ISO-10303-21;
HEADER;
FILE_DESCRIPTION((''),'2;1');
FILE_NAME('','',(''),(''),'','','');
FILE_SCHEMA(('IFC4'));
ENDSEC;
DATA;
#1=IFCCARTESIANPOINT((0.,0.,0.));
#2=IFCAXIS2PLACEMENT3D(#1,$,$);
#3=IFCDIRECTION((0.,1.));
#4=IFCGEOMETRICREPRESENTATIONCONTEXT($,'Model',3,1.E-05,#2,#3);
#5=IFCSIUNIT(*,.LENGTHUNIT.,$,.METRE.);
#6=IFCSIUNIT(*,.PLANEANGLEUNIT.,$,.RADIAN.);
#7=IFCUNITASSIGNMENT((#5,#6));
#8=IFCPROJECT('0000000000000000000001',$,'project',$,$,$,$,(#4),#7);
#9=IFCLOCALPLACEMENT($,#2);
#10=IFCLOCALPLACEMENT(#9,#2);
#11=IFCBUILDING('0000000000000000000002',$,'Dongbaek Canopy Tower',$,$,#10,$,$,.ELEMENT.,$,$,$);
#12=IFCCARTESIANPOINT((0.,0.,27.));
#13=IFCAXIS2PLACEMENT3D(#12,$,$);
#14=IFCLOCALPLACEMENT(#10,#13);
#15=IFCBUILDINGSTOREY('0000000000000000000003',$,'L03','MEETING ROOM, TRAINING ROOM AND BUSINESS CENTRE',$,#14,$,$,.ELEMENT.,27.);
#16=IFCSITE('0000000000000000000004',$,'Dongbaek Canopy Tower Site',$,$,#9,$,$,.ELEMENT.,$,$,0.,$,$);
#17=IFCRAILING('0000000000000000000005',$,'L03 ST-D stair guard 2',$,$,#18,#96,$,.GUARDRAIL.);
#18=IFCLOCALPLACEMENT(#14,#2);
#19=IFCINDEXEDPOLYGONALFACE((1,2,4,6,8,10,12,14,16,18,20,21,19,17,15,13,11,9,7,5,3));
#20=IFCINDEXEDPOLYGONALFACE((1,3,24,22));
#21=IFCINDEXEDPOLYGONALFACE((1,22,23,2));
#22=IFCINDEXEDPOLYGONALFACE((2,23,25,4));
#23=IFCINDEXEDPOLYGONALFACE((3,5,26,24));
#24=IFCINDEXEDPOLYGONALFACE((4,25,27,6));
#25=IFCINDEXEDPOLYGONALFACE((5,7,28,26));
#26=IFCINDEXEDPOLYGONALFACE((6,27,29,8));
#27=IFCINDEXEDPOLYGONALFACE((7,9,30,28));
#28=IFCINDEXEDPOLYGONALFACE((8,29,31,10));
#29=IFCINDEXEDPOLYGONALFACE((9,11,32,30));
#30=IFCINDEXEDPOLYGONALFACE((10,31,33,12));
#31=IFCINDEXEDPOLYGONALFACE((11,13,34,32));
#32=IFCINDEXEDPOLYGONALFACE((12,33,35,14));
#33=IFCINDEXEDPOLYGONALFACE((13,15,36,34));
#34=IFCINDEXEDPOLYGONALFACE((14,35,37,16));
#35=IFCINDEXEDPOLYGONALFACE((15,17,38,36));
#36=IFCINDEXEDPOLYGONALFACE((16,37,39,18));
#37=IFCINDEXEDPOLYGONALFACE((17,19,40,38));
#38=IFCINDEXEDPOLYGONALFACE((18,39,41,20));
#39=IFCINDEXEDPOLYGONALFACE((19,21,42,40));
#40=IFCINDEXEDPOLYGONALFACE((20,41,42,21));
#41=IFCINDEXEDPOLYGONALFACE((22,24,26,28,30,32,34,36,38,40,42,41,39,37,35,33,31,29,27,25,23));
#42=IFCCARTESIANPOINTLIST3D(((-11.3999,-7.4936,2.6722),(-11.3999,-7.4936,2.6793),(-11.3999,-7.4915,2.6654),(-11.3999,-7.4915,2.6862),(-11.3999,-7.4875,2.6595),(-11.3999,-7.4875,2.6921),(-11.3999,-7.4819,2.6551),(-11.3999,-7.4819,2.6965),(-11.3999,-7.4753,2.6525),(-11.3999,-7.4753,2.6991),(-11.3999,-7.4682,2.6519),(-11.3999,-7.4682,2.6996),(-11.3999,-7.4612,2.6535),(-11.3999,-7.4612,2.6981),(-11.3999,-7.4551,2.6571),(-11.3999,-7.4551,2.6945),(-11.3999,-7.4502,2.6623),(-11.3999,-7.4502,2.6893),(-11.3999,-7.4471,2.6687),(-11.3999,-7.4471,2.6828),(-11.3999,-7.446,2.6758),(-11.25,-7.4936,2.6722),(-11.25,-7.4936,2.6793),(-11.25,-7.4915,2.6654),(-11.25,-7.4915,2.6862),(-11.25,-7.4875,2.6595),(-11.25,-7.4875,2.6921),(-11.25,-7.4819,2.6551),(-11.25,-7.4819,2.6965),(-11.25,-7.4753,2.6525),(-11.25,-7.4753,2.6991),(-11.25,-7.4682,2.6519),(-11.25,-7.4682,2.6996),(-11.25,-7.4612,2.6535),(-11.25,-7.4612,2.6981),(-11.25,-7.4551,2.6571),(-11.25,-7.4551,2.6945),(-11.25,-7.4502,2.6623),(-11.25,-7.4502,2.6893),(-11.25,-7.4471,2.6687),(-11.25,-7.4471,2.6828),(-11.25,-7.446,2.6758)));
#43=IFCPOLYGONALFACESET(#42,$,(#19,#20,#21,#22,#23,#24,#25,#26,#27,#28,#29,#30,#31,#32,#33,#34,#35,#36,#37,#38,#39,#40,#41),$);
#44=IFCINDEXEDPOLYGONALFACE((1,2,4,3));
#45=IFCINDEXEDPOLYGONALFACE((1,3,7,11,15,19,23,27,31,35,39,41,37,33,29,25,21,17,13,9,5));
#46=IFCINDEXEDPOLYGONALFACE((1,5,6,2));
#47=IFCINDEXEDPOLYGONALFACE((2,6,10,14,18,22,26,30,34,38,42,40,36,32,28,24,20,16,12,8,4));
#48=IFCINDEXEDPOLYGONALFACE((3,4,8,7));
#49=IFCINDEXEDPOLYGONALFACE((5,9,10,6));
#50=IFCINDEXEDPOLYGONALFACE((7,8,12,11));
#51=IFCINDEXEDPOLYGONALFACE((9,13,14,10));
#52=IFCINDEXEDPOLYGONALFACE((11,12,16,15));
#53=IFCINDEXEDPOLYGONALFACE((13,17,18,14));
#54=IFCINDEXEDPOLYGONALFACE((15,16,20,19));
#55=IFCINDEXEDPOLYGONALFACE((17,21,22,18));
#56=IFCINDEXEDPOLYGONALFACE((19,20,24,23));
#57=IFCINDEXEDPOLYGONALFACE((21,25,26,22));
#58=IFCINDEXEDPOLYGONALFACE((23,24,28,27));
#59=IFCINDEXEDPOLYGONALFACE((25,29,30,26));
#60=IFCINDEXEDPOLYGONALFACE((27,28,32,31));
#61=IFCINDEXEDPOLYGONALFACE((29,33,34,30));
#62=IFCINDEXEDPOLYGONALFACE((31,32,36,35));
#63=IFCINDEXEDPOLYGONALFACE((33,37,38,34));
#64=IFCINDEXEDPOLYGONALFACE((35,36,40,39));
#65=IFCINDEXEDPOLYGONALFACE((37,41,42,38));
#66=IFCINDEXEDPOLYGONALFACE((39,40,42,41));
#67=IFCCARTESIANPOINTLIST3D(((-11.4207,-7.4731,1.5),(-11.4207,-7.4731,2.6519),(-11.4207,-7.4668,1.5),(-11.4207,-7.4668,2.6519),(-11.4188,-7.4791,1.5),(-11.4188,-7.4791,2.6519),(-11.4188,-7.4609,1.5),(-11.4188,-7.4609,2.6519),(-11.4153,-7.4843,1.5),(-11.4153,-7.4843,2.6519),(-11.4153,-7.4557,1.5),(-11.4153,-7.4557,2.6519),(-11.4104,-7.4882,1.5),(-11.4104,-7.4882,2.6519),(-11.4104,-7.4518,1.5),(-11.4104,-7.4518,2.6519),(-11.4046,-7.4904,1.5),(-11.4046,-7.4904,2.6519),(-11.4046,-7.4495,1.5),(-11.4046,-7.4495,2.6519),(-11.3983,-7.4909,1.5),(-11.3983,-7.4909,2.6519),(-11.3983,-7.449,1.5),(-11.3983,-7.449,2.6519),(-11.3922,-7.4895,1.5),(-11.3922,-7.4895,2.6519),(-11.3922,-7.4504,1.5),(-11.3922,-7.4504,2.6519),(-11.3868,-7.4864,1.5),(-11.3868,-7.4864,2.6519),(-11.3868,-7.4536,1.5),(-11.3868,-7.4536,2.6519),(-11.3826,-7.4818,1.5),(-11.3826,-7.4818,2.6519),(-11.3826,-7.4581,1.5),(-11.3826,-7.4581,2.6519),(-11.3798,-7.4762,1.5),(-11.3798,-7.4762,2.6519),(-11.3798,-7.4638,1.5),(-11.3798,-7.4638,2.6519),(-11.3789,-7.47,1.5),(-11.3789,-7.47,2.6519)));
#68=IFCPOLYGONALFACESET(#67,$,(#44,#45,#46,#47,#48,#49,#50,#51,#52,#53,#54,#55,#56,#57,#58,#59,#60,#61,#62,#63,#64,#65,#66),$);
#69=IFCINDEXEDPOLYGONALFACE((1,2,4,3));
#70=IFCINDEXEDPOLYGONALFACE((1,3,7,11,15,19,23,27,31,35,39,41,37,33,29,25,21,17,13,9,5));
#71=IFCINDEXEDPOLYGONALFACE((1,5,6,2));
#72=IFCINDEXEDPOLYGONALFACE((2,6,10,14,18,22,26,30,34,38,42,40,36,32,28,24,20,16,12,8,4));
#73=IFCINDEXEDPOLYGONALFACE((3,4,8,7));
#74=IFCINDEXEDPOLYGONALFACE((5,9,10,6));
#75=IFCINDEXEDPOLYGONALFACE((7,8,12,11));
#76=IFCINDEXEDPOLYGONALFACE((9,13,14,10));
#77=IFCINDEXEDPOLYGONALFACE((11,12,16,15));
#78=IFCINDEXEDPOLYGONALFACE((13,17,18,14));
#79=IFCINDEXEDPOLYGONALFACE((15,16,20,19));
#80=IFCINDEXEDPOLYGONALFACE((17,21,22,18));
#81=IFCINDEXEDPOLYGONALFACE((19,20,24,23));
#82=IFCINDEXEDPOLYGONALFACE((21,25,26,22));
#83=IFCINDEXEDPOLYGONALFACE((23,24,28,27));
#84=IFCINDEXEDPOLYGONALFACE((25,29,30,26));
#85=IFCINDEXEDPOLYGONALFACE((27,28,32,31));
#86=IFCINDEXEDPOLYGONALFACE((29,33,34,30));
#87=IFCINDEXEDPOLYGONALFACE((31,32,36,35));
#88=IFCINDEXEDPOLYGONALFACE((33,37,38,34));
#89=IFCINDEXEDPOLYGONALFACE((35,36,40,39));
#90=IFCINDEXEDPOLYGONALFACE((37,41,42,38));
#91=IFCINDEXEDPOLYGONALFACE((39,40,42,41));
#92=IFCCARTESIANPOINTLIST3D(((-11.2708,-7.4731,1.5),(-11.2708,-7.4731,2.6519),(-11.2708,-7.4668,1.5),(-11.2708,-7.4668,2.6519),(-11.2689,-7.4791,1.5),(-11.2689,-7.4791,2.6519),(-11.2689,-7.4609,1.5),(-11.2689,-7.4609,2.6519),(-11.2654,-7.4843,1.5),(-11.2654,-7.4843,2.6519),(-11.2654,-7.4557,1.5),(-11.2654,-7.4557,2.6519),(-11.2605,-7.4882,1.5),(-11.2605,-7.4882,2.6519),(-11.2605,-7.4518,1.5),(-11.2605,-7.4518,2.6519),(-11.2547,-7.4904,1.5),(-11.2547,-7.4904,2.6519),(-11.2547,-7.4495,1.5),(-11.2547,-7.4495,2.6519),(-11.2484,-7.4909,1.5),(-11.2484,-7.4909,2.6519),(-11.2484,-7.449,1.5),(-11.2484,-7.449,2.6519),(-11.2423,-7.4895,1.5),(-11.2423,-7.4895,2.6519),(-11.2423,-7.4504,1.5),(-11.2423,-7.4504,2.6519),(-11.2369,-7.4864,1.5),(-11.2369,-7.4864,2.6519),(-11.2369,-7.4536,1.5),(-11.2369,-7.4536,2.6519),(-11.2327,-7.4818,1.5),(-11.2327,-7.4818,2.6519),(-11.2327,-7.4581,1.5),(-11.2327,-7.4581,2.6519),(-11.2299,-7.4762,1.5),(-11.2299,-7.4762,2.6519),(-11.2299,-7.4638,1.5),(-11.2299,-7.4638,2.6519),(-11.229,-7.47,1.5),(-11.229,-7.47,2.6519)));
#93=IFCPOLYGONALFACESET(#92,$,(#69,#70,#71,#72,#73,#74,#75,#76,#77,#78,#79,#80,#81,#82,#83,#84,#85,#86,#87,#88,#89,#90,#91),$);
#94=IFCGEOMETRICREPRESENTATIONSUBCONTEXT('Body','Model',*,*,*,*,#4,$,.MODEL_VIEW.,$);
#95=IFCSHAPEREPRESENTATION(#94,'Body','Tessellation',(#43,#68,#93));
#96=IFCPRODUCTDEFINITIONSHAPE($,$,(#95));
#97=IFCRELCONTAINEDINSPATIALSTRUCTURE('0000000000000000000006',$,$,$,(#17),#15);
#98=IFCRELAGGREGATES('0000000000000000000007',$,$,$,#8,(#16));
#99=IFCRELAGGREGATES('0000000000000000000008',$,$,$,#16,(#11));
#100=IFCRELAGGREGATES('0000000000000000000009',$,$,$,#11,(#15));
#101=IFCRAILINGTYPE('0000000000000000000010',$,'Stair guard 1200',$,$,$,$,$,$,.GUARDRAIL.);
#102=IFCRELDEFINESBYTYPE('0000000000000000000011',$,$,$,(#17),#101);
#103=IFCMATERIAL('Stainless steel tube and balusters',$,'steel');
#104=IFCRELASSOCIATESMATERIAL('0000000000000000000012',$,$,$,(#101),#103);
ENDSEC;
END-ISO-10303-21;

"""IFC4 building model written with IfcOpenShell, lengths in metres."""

from ifc_helpers import new_model, si_unit, direction, frame, origin, origin_2d, place, context, subcontext, project, spatial, circle, extrude, material, type_object, element, save


model = new_model("IFC4")

# Units and contexts
model_context = context("Model", 3, precision=1e-05, world=origin(), true_north=direction((0.0, 1.0)))
body_context = subcontext(model_context, "Body", "Model", "MODEL_VIEW")
ifc_project = project(units=[si_unit("LENGTHUNIT", "METRE"), si_unit("PLANEANGLEUNIT", "RADIAN")], contexts=[model_context])

# Site, building, storey
site_placement = place(None, origin())
site = spatial("IfcSite", under=ifc_project, at=site_placement, Name="Dongbaek Canopy Tower Site", CompositionType="ELEMENT", RefElevation=0.0)
building_placement = place(site_placement, origin())
building = spatial("IfcBuilding", under=site, at=building_placement, Name="Dongbaek Canopy Tower", CompositionType="ELEMENT")
storey_placement = place(building_placement, frame((0.0, 0.0, 27.0)))
storey = spatial("IfcBuildingStorey", under=building, at=storey_placement, Name="L03", Description="MEETING ROOM, TRAINING ROOM AND BUSINESS CENTRE", CompositionType="ELEMENT", Elevation=27.0)

# Railing
ifc_material_1 = material(Name="Stainless steel tube and balusters", Category="steel")
railing_type_1 = type_object("IfcRailingType", Name="Stair guard 1200", PredefinedType="GUARDRAIL", material=ifc_material_1)
railing_1_placement = place(storey_placement, frame((-11.3999, -7.47, 1.5)))
element("IfcRailing", 1, at=railing_1_placement, inside=storey, type_object=railing_type_1, Name="L03 ST-D stair guard 2", PredefinedType="GUARDRAIL", context=body_context, shape_type="SweptSolid", body=[
    extrude(circle(Radius=0.0239, at=origin_2d()), frame((0.0, 0.0, 1.1758), z_axis=(1.0, 0.0, 0.0), x_axis=(0.0, 1.0, 0.0)), (0.0, 0.0, 1.0), 0.1499),
    extrude(circle(Radius=0.021, at=origin_2d()), origin(), (0.0, 0.0, 1.0), 1.1519),
    extrude(circle(Radius=0.021, at=origin_2d()), frame((0.1499, 0.0, 0.0)), (0.0, 0.0, 1.0), 1.1519),
])

save(model, "model.ifc")
